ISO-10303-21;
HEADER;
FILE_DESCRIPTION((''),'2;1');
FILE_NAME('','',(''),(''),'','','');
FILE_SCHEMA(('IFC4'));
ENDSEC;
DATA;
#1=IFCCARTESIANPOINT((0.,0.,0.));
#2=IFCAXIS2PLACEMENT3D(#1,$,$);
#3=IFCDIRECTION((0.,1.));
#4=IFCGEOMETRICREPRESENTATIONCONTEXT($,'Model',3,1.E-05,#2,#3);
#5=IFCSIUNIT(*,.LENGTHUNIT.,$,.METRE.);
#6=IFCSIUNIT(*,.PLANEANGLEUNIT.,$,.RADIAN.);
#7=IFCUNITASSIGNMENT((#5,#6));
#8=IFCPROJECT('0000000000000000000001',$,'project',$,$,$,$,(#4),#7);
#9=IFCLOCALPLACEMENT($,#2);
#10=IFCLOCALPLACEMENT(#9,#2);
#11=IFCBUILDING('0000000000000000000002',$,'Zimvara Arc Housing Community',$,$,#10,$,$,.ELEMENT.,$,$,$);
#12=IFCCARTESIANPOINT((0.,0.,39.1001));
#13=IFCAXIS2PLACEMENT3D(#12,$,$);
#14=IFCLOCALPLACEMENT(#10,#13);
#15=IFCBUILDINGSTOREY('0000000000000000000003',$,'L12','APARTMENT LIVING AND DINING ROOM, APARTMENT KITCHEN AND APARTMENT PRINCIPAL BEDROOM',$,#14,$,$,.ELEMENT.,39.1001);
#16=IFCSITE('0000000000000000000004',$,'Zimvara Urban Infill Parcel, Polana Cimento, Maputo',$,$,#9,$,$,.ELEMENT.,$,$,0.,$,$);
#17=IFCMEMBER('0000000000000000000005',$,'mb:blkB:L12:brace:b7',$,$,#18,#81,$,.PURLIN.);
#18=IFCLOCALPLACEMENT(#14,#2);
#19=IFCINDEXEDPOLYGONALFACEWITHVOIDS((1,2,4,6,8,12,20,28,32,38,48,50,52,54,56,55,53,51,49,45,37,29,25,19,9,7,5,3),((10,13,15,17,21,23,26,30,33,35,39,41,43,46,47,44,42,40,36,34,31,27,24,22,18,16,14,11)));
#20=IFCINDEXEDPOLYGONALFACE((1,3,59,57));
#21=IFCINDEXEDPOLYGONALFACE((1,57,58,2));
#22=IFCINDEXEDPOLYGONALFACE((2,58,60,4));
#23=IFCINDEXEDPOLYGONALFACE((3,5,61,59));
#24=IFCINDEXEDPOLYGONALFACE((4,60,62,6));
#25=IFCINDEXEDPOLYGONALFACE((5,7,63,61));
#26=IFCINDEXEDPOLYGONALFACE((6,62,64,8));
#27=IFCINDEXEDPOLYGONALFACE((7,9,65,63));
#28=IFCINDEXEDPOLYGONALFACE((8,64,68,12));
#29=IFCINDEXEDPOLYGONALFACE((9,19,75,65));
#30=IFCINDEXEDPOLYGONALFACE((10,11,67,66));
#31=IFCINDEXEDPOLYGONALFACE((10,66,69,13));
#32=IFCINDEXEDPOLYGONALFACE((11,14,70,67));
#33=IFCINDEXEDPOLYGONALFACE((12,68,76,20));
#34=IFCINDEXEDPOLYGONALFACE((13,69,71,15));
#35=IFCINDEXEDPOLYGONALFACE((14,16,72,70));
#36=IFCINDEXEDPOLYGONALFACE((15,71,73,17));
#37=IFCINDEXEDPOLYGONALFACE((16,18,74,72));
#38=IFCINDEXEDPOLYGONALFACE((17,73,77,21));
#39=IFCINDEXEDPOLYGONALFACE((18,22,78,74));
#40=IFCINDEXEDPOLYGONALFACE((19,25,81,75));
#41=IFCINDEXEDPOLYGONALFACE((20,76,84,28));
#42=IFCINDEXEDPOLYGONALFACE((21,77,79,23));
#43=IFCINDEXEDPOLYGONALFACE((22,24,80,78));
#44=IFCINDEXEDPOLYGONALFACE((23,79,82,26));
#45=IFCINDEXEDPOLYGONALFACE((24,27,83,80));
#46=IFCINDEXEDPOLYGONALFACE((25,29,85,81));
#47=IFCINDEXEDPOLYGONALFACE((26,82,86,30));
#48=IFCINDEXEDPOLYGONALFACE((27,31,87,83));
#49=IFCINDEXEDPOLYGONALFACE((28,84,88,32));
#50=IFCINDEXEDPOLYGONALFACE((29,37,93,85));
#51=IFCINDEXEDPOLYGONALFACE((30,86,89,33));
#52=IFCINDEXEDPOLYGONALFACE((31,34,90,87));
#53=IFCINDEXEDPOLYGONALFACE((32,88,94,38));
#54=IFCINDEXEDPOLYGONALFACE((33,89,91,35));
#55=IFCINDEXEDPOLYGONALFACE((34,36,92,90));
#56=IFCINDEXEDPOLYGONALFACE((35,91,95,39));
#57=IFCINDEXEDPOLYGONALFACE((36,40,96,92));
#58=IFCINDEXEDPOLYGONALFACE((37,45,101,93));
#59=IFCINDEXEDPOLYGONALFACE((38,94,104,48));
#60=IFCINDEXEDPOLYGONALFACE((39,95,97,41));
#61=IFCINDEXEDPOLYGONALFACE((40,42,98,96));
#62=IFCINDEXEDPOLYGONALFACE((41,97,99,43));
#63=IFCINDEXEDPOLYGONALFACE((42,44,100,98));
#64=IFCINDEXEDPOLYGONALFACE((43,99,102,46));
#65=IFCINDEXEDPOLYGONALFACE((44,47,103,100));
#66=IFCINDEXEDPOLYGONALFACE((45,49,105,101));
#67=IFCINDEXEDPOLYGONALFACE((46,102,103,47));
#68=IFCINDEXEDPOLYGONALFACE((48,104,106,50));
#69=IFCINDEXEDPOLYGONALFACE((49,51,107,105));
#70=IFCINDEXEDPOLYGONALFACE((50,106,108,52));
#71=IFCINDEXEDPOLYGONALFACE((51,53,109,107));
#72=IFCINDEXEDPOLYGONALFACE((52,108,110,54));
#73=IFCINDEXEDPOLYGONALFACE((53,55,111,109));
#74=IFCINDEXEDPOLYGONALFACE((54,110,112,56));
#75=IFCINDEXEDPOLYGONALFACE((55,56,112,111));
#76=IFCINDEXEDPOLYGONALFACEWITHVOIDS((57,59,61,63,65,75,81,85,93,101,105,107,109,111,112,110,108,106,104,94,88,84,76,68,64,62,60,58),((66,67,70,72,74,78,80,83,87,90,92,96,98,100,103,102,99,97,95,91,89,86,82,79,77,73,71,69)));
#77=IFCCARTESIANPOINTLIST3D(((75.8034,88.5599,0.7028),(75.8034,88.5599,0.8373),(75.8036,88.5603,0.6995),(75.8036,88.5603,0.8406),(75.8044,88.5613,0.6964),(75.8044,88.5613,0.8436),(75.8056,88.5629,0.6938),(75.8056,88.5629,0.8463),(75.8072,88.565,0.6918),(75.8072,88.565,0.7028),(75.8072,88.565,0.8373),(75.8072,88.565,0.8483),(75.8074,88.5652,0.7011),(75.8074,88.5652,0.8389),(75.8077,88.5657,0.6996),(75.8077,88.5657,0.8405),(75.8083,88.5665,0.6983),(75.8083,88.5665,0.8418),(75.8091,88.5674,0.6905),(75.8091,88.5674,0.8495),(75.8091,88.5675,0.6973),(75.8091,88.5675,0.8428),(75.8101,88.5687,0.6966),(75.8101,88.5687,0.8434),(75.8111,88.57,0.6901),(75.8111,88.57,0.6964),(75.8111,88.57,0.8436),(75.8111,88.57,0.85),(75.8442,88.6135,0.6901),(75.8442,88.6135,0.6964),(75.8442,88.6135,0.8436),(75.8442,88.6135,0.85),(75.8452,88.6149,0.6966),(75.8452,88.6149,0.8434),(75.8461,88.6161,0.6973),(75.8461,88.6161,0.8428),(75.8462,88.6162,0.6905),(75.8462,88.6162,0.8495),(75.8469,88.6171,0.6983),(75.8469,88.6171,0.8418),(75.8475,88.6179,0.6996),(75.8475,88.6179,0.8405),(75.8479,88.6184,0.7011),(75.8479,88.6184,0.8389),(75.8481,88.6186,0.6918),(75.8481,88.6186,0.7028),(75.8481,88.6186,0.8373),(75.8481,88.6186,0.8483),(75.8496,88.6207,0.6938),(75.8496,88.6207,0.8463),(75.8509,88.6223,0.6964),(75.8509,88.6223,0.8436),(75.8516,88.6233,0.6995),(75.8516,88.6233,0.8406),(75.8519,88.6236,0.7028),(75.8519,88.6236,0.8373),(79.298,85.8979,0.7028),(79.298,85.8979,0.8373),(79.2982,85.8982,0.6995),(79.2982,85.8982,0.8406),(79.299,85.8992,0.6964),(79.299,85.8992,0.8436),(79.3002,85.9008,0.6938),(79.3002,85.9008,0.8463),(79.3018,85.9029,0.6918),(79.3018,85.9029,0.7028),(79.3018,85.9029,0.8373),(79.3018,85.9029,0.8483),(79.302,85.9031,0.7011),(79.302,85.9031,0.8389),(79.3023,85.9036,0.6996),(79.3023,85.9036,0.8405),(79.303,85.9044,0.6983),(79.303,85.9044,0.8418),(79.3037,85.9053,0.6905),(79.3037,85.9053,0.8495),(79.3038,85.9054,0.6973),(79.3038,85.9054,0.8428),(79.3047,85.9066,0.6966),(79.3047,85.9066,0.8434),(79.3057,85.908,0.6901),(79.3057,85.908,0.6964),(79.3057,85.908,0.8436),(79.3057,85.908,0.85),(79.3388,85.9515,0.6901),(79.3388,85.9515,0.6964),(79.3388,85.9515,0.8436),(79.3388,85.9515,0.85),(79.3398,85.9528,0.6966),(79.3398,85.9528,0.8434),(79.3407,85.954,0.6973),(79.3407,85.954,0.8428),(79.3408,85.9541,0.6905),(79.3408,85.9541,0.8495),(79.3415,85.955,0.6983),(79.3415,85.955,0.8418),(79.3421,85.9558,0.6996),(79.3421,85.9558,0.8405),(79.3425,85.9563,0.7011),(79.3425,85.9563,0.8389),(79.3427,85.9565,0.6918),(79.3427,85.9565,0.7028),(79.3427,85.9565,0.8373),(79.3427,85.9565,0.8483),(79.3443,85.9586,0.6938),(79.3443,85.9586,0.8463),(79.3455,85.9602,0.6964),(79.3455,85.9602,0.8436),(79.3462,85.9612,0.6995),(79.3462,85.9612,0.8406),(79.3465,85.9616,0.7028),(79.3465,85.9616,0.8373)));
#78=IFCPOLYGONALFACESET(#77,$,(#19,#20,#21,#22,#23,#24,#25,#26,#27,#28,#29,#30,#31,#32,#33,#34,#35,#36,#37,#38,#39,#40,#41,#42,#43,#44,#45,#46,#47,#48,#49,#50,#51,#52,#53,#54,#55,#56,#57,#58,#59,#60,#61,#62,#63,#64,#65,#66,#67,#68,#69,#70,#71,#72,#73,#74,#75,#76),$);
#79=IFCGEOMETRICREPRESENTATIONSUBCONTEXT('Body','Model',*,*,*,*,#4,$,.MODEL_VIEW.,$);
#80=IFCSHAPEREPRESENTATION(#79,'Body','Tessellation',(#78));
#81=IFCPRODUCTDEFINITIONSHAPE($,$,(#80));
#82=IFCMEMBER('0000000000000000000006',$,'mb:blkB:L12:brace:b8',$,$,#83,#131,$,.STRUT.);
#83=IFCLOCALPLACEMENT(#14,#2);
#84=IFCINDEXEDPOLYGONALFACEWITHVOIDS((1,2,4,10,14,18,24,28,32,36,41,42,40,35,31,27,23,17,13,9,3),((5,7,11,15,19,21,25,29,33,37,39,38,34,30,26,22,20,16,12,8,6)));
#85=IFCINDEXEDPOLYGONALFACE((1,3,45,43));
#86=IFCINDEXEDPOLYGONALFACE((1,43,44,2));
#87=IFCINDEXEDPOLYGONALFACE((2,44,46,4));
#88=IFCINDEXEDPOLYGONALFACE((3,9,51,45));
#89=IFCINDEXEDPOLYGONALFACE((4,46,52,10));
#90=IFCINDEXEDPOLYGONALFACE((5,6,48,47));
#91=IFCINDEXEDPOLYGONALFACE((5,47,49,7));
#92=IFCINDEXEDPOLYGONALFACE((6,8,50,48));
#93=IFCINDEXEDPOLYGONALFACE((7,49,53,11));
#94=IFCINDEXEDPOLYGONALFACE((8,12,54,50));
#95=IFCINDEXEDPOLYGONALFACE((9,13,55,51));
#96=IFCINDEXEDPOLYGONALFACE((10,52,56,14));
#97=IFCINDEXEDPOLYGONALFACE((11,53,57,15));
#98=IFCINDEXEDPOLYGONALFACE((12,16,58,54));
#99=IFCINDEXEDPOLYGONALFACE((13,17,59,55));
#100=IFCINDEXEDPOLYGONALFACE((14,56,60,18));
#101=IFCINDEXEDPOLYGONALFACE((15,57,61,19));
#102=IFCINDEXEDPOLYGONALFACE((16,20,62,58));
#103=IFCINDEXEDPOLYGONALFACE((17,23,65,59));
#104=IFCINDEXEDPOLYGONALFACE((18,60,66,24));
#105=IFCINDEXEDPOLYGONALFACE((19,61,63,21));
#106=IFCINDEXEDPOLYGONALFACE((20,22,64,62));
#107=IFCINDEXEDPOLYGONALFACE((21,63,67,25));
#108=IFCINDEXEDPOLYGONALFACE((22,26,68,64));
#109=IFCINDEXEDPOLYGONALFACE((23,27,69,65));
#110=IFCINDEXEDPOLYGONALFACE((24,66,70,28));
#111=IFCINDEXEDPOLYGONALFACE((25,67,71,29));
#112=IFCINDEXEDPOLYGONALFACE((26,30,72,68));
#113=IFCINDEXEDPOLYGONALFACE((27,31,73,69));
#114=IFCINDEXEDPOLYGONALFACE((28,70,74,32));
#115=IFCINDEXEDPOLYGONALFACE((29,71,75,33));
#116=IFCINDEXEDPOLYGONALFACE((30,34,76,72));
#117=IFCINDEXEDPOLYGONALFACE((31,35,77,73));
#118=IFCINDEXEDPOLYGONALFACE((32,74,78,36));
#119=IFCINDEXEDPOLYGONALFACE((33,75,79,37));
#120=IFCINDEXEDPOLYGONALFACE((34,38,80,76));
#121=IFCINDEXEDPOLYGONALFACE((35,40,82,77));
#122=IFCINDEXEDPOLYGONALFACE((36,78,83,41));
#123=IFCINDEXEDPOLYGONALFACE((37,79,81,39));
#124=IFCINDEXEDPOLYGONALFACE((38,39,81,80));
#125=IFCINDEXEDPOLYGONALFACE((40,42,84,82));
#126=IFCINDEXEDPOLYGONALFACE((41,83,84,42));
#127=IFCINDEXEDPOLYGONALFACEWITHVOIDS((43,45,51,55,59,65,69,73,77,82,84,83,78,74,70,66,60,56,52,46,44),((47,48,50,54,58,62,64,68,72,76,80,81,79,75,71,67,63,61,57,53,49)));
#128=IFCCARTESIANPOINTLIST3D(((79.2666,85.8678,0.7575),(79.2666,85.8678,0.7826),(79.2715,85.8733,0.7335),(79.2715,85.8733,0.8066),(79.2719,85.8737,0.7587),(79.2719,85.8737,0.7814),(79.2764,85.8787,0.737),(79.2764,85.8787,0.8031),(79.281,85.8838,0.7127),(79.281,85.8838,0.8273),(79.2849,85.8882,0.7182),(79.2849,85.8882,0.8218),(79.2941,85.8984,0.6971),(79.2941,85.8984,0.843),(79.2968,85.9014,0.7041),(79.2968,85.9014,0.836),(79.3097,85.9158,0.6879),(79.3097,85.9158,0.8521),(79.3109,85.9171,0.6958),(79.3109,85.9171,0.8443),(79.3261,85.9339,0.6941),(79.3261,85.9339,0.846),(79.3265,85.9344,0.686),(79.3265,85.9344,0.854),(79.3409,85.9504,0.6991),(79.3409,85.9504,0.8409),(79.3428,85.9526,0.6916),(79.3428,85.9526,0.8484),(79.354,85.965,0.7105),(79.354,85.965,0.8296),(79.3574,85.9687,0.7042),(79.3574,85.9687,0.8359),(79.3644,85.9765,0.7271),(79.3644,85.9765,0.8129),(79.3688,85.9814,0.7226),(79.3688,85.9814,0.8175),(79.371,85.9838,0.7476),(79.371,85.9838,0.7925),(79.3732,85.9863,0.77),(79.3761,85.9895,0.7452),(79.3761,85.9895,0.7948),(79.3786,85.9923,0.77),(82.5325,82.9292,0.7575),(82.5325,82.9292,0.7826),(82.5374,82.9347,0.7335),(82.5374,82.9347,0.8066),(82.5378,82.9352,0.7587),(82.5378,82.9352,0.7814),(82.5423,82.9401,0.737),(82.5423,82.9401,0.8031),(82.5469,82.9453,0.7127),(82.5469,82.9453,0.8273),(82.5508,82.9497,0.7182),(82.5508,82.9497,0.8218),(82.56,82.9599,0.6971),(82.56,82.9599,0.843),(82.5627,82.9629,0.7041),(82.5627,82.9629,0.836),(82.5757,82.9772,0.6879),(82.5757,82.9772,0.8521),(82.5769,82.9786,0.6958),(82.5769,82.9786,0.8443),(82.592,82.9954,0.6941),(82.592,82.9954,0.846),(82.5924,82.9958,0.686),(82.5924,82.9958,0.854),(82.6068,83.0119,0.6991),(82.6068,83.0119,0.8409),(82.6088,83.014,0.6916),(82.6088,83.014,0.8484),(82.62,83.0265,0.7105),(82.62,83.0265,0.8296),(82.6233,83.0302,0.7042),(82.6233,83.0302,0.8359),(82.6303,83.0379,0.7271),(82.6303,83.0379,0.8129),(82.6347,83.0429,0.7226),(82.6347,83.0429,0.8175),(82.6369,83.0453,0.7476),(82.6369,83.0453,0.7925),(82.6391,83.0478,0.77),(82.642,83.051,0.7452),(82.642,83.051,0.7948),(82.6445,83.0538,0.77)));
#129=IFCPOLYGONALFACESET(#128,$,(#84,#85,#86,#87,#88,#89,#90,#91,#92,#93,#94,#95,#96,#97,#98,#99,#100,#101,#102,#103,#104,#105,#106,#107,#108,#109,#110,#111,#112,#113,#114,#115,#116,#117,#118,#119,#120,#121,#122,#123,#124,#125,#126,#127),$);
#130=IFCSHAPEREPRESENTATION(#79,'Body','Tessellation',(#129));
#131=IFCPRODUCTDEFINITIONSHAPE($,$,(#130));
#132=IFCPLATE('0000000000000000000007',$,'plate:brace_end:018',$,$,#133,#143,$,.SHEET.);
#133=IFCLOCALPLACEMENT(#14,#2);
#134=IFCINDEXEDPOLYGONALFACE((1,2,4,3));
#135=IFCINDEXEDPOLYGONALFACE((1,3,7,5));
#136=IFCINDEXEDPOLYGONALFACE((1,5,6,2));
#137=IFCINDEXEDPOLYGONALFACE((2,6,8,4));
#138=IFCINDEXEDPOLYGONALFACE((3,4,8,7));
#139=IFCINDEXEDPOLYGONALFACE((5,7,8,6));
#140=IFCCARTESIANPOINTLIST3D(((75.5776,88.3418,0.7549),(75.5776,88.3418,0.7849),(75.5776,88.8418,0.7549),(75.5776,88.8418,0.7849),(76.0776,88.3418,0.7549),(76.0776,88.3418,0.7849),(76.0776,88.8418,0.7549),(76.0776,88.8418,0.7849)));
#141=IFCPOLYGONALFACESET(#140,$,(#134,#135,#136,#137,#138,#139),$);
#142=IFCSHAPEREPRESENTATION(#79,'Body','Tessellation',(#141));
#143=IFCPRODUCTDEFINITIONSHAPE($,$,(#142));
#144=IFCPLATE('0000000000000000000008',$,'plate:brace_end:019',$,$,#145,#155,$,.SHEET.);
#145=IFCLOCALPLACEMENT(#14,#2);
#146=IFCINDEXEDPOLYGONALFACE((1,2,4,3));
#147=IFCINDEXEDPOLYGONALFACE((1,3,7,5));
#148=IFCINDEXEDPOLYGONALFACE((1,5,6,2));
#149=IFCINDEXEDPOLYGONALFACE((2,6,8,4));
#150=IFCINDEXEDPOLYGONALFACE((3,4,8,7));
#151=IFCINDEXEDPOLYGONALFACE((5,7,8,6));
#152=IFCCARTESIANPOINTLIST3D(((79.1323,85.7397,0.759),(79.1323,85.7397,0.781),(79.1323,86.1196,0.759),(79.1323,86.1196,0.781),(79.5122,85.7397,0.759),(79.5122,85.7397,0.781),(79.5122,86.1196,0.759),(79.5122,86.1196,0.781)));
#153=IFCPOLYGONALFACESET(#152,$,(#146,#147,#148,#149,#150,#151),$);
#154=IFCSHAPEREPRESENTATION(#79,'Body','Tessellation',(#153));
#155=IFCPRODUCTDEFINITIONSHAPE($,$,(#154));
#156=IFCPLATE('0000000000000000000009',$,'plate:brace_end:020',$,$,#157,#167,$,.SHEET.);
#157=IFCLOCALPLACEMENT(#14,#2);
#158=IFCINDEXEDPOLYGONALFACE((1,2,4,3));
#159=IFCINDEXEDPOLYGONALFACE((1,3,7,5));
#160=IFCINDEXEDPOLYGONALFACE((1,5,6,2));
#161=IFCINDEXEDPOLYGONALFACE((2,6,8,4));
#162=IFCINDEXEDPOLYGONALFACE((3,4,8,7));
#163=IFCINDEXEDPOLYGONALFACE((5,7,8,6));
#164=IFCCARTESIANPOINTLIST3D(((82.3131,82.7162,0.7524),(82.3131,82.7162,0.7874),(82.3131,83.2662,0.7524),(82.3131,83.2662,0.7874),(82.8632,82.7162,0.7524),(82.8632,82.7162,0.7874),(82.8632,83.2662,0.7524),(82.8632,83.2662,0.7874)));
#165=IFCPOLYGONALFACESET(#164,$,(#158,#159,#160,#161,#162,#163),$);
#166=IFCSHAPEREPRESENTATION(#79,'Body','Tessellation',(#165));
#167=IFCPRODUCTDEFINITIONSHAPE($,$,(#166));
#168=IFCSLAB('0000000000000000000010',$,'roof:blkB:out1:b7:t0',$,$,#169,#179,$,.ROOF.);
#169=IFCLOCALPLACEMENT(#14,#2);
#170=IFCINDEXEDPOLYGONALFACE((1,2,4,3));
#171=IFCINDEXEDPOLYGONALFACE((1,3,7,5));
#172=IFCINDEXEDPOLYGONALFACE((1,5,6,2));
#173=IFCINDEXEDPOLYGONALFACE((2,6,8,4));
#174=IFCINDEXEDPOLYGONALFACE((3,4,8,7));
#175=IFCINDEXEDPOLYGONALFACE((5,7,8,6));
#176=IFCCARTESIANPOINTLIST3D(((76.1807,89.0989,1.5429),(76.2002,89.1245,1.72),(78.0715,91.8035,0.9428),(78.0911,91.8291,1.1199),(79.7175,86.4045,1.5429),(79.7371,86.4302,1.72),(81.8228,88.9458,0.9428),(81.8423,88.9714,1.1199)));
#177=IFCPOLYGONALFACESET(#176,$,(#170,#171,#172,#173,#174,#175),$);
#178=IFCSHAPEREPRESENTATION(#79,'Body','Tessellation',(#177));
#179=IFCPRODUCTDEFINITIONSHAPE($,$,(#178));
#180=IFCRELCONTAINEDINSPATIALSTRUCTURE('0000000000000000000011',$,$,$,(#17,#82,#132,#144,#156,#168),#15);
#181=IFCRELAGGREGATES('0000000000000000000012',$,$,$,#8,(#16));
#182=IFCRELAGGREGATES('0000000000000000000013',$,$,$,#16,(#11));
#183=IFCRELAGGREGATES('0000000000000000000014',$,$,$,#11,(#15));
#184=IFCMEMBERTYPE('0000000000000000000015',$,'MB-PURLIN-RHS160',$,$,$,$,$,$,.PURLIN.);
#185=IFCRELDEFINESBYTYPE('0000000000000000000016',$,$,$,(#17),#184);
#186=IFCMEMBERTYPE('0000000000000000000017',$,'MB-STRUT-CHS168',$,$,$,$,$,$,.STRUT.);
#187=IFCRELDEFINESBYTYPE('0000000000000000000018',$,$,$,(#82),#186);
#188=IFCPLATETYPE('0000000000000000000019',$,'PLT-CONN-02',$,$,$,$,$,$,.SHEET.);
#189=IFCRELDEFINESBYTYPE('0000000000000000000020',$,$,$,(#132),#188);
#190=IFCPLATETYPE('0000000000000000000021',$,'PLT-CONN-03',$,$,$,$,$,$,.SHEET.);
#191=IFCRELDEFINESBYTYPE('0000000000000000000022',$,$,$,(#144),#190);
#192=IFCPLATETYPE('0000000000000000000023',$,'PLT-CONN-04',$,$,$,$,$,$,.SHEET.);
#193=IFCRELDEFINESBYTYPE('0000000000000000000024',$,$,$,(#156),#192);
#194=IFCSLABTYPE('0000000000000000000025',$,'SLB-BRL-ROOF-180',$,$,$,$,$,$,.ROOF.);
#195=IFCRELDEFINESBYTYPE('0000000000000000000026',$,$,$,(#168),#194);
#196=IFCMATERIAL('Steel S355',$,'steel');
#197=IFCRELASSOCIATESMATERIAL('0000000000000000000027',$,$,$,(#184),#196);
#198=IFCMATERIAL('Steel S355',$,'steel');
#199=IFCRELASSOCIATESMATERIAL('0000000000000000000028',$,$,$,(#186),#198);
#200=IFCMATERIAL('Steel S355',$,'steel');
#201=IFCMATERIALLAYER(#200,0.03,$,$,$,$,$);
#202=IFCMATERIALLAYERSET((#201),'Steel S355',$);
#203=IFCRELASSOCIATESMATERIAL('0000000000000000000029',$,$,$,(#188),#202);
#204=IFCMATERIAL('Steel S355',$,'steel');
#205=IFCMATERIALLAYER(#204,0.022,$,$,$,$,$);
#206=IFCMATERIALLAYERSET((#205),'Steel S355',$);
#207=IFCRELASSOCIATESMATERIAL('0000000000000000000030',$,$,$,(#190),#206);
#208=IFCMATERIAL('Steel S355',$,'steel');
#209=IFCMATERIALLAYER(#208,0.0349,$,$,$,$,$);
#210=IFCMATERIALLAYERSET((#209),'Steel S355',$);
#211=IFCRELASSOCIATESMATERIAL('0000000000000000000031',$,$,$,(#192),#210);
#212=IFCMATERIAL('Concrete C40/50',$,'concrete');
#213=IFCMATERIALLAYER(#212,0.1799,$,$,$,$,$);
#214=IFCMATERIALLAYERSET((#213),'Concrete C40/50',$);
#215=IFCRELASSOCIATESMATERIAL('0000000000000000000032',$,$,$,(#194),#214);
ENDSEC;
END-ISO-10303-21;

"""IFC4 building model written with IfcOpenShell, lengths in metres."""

from ifc_helpers import new_model, si_unit, direction, frame, origin, origin_2d, place, context, subcontext, project, spatial, polyline, rectangle, hollow_rectangle, hollow_circle, outline, extrude, material, layer, layer_set, material_profile, profile_set, type_object, element, save


model = new_model("IFC4")

# Units and contexts
model_context = context("Model", 3, precision=1e-05, world=origin(), true_north=direction((0.0, 1.0)))
body_context = subcontext(model_context, "Body", "Model", "MODEL_VIEW")
ifc_project = project(units=[si_unit("LENGTHUNIT", "METRE"), si_unit("PLANEANGLEUNIT", "RADIAN")], contexts=[model_context])

# Site, building, storey
site_placement = place(None, origin())
site = spatial("IfcSite", under=ifc_project, at=site_placement, Name="Zimvara Urban Infill Parcel, Polana Cimento, Maputo", CompositionType="ELEMENT", RefElevation=0.0)
building_placement = place(site_placement, origin())
building = spatial("IfcBuilding", under=site, at=building_placement, Name="Zimvara Arc Housing Community", CompositionType="ELEMENT")
storey_placement = place(building_placement, frame((0.0, 0.0, 39.1001)))
storey = spatial("IfcBuildingStorey", under=building, at=storey_placement, Name="L12", Description="APARTMENT LIVING AND DINING ROOM, APARTMENT KITCHEN AND APARTMENT PRINCIPAL BEDROOM", CompositionType="ELEMENT", Elevation=39.1001)

# Members
ifc_material_1 = material(Name="Steel S355", Category="steel")
ifc_material_profile_1 = material_profile(ifc_material_1, hollow_rectangle(XDim=0.0801, YDim=0.1599, WallThickness=0.0063, InnerFilletRadius=0.0063, OuterFilletRadius=0.0127, at=origin_2d()), Name="RHS 160x80x6.3")
ifc_profile_set_1 = profile_set([ifc_material_profile_1], Name="Steel S355")
member_type_1 = type_object("IfcMemberType", Name="MB-PURLIN-RHS160", PredefinedType="PURLIN", material=ifc_profile_set_1)
member_1_placement = place(storey_placement, frame((75.8276, 88.5918, 0.77), z_axis=(0.795483, -0.605976, 0.0), x_axis=(0.605976, 0.795483, 0.0)))
element("IfcMember", 1, at=member_1_placement, inside=storey, type_object=member_type_1, Name="mb:blkB:L12:brace:b7", PredefinedType="PURLIN", context=body_context, shape_type="SweptSolid", body=[
    extrude(hollow_rectangle(XDim=0.0801, YDim=0.1599, WallThickness=0.0063, InnerFilletRadius=0.0063, OuterFilletRadius=0.0127, at=origin_2d()), origin(), (0.0, 0.0, 1.0), 4.3931),
])
ifc_material_2 = material(Name="Steel S355", Category="steel")
ifc_material_profile_2 = material_profile(ifc_material_2, hollow_circle(Radius=0.0842, WallThickness=0.0081, at=origin_2d()), Name="CHS 168.3x8.0")
ifc_profile_set_2 = profile_set([ifc_material_profile_2], Name="Steel S355")
member_type_2 = type_object("IfcMemberType", Name="MB-STRUT-CHS168", PredefinedType="STRUT", material=ifc_profile_set_2)
member_2_placement = place(storey_placement, frame((79.3223, 85.9297, 0.77), z_axis=(0.743385, -0.668863, 0.0), x_axis=(0.668863, 0.743385, 0.0)))
element("IfcMember", 2, at=member_2_placement, inside=storey, type_object=member_type_2, Name="mb:blkB:L12:brace:b8", PredefinedType="STRUT", context=body_context, shape_type="SweptSolid", body=[
    extrude(hollow_circle(Radius=0.0842, WallThickness=0.0081, at=origin_2d()), origin(), (0.0, 0.0, 1.0), 4.3933),
])

# Plates
ifc_material_3 = material(Name="Steel S355", Category="steel")
ifc_layer_1 = layer(ifc_material_3, 0.03)
ifc_layer_set_1 = layer_set([ifc_layer_1], Name="Steel S355")
plate_type_1 = type_object("IfcPlateType", Name="PLT-CONN-02", PredefinedType="SHEET", material=ifc_layer_set_1)
plate_1_placement = place(storey_placement, frame((75.8276, 88.5918, 0.7549), z_axis=(0.0, 0.0, 1.0), x_axis=(1.0, 0.0, 0.0)))
element("IfcPlate", 3, at=plate_1_placement, inside=storey, type_object=plate_type_1, Name="plate:brace_end:018", PredefinedType="SHEET", context=body_context, shape_type="SweptSolid", body=[
    extrude(rectangle(XDim=0.5, YDim=0.5, at=origin_2d()), origin(), (0.0, 0.0, 1.0), 0.03),
])
ifc_material_4 = material(Name="Steel S355", Category="steel")
ifc_layer_2 = layer(ifc_material_4, 0.022)
ifc_layer_set_2 = layer_set([ifc_layer_2], Name="Steel S355")
plate_type_2 = type_object("IfcPlateType", Name="PLT-CONN-03", PredefinedType="SHEET", material=ifc_layer_set_2)
plate_2_placement = place(storey_placement, frame((79.3223, 85.9297, 0.759), z_axis=(0.0, 0.0, 1.0), x_axis=(1.0, 0.0, 0.0)))
element("IfcPlate", 4, at=plate_2_placement, inside=storey, type_object=plate_type_2, Name="plate:brace_end:019", PredefinedType="SHEET", context=body_context, shape_type="SweptSolid", body=[
    extrude(rectangle(XDim=0.3799, YDim=0.3799, at=origin_2d()), origin(), (0.0, 0.0, 1.0), 0.022),
])
ifc_material_5 = material(Name="Steel S355", Category="steel")
ifc_layer_3 = layer(ifc_material_5, 0.0349)
ifc_layer_set_3 = layer_set([ifc_layer_3], Name="Steel S355")
plate_type_3 = type_object("IfcPlateType", Name="PLT-CONN-04", PredefinedType="SHEET", material=ifc_layer_set_3)
plate_3_placement = place(storey_placement, frame((82.5881, 82.9912, 0.7524), z_axis=(0.0, 0.0, 1.0), x_axis=(1.0, 0.0, 0.0)))
element("IfcPlate", 5, at=plate_3_placement, inside=storey, type_object=plate_type_3, Name="plate:brace_end:020", PredefinedType="SHEET", context=body_context, shape_type="SweptSolid", body=[
    extrude(rectangle(XDim=0.55, YDim=0.55, at=origin_2d()), origin(), (0.0, 0.0, 1.0), 0.0349),
])

# Slab
ifc_material_6 = material(Name="Concrete C40/50", Category="concrete")
ifc_layer_4 = layer(ifc_material_6, 0.1799)
ifc_layer_set_4 = layer_set([ifc_layer_4], Name="Concrete C40/50")
slab_type = type_object("IfcSlabType", Name="SLB-BRL-ROOF-180", PredefinedType="ROOF", material=ifc_layer_set_4)
slab_1_placement = place(storey_placement, frame((81.8423, 88.9714, 1.1199), z_axis=(0.108506, 0.142436, 0.983839), x_axis=(-0.795473, 0.605989, -0.000001)))
element("IfcSlab", 6, at=slab_1_placement, inside=storey, type_object=slab_type, Name="roof:blkB:out1:b7:t0", PredefinedType="ROOF", context=body_context, shape_type="SweptSolid", body=[
    extrude(outline(polyline([(0.0, 0.0), (4.7157, 0.0), (4.5809, 3.3514), (0.1347, 3.3514), (0.0, 0.0)])), origin(), (0.0, 0.0, -1.0), 0.1799),
])

save(model, "model.ifc")
